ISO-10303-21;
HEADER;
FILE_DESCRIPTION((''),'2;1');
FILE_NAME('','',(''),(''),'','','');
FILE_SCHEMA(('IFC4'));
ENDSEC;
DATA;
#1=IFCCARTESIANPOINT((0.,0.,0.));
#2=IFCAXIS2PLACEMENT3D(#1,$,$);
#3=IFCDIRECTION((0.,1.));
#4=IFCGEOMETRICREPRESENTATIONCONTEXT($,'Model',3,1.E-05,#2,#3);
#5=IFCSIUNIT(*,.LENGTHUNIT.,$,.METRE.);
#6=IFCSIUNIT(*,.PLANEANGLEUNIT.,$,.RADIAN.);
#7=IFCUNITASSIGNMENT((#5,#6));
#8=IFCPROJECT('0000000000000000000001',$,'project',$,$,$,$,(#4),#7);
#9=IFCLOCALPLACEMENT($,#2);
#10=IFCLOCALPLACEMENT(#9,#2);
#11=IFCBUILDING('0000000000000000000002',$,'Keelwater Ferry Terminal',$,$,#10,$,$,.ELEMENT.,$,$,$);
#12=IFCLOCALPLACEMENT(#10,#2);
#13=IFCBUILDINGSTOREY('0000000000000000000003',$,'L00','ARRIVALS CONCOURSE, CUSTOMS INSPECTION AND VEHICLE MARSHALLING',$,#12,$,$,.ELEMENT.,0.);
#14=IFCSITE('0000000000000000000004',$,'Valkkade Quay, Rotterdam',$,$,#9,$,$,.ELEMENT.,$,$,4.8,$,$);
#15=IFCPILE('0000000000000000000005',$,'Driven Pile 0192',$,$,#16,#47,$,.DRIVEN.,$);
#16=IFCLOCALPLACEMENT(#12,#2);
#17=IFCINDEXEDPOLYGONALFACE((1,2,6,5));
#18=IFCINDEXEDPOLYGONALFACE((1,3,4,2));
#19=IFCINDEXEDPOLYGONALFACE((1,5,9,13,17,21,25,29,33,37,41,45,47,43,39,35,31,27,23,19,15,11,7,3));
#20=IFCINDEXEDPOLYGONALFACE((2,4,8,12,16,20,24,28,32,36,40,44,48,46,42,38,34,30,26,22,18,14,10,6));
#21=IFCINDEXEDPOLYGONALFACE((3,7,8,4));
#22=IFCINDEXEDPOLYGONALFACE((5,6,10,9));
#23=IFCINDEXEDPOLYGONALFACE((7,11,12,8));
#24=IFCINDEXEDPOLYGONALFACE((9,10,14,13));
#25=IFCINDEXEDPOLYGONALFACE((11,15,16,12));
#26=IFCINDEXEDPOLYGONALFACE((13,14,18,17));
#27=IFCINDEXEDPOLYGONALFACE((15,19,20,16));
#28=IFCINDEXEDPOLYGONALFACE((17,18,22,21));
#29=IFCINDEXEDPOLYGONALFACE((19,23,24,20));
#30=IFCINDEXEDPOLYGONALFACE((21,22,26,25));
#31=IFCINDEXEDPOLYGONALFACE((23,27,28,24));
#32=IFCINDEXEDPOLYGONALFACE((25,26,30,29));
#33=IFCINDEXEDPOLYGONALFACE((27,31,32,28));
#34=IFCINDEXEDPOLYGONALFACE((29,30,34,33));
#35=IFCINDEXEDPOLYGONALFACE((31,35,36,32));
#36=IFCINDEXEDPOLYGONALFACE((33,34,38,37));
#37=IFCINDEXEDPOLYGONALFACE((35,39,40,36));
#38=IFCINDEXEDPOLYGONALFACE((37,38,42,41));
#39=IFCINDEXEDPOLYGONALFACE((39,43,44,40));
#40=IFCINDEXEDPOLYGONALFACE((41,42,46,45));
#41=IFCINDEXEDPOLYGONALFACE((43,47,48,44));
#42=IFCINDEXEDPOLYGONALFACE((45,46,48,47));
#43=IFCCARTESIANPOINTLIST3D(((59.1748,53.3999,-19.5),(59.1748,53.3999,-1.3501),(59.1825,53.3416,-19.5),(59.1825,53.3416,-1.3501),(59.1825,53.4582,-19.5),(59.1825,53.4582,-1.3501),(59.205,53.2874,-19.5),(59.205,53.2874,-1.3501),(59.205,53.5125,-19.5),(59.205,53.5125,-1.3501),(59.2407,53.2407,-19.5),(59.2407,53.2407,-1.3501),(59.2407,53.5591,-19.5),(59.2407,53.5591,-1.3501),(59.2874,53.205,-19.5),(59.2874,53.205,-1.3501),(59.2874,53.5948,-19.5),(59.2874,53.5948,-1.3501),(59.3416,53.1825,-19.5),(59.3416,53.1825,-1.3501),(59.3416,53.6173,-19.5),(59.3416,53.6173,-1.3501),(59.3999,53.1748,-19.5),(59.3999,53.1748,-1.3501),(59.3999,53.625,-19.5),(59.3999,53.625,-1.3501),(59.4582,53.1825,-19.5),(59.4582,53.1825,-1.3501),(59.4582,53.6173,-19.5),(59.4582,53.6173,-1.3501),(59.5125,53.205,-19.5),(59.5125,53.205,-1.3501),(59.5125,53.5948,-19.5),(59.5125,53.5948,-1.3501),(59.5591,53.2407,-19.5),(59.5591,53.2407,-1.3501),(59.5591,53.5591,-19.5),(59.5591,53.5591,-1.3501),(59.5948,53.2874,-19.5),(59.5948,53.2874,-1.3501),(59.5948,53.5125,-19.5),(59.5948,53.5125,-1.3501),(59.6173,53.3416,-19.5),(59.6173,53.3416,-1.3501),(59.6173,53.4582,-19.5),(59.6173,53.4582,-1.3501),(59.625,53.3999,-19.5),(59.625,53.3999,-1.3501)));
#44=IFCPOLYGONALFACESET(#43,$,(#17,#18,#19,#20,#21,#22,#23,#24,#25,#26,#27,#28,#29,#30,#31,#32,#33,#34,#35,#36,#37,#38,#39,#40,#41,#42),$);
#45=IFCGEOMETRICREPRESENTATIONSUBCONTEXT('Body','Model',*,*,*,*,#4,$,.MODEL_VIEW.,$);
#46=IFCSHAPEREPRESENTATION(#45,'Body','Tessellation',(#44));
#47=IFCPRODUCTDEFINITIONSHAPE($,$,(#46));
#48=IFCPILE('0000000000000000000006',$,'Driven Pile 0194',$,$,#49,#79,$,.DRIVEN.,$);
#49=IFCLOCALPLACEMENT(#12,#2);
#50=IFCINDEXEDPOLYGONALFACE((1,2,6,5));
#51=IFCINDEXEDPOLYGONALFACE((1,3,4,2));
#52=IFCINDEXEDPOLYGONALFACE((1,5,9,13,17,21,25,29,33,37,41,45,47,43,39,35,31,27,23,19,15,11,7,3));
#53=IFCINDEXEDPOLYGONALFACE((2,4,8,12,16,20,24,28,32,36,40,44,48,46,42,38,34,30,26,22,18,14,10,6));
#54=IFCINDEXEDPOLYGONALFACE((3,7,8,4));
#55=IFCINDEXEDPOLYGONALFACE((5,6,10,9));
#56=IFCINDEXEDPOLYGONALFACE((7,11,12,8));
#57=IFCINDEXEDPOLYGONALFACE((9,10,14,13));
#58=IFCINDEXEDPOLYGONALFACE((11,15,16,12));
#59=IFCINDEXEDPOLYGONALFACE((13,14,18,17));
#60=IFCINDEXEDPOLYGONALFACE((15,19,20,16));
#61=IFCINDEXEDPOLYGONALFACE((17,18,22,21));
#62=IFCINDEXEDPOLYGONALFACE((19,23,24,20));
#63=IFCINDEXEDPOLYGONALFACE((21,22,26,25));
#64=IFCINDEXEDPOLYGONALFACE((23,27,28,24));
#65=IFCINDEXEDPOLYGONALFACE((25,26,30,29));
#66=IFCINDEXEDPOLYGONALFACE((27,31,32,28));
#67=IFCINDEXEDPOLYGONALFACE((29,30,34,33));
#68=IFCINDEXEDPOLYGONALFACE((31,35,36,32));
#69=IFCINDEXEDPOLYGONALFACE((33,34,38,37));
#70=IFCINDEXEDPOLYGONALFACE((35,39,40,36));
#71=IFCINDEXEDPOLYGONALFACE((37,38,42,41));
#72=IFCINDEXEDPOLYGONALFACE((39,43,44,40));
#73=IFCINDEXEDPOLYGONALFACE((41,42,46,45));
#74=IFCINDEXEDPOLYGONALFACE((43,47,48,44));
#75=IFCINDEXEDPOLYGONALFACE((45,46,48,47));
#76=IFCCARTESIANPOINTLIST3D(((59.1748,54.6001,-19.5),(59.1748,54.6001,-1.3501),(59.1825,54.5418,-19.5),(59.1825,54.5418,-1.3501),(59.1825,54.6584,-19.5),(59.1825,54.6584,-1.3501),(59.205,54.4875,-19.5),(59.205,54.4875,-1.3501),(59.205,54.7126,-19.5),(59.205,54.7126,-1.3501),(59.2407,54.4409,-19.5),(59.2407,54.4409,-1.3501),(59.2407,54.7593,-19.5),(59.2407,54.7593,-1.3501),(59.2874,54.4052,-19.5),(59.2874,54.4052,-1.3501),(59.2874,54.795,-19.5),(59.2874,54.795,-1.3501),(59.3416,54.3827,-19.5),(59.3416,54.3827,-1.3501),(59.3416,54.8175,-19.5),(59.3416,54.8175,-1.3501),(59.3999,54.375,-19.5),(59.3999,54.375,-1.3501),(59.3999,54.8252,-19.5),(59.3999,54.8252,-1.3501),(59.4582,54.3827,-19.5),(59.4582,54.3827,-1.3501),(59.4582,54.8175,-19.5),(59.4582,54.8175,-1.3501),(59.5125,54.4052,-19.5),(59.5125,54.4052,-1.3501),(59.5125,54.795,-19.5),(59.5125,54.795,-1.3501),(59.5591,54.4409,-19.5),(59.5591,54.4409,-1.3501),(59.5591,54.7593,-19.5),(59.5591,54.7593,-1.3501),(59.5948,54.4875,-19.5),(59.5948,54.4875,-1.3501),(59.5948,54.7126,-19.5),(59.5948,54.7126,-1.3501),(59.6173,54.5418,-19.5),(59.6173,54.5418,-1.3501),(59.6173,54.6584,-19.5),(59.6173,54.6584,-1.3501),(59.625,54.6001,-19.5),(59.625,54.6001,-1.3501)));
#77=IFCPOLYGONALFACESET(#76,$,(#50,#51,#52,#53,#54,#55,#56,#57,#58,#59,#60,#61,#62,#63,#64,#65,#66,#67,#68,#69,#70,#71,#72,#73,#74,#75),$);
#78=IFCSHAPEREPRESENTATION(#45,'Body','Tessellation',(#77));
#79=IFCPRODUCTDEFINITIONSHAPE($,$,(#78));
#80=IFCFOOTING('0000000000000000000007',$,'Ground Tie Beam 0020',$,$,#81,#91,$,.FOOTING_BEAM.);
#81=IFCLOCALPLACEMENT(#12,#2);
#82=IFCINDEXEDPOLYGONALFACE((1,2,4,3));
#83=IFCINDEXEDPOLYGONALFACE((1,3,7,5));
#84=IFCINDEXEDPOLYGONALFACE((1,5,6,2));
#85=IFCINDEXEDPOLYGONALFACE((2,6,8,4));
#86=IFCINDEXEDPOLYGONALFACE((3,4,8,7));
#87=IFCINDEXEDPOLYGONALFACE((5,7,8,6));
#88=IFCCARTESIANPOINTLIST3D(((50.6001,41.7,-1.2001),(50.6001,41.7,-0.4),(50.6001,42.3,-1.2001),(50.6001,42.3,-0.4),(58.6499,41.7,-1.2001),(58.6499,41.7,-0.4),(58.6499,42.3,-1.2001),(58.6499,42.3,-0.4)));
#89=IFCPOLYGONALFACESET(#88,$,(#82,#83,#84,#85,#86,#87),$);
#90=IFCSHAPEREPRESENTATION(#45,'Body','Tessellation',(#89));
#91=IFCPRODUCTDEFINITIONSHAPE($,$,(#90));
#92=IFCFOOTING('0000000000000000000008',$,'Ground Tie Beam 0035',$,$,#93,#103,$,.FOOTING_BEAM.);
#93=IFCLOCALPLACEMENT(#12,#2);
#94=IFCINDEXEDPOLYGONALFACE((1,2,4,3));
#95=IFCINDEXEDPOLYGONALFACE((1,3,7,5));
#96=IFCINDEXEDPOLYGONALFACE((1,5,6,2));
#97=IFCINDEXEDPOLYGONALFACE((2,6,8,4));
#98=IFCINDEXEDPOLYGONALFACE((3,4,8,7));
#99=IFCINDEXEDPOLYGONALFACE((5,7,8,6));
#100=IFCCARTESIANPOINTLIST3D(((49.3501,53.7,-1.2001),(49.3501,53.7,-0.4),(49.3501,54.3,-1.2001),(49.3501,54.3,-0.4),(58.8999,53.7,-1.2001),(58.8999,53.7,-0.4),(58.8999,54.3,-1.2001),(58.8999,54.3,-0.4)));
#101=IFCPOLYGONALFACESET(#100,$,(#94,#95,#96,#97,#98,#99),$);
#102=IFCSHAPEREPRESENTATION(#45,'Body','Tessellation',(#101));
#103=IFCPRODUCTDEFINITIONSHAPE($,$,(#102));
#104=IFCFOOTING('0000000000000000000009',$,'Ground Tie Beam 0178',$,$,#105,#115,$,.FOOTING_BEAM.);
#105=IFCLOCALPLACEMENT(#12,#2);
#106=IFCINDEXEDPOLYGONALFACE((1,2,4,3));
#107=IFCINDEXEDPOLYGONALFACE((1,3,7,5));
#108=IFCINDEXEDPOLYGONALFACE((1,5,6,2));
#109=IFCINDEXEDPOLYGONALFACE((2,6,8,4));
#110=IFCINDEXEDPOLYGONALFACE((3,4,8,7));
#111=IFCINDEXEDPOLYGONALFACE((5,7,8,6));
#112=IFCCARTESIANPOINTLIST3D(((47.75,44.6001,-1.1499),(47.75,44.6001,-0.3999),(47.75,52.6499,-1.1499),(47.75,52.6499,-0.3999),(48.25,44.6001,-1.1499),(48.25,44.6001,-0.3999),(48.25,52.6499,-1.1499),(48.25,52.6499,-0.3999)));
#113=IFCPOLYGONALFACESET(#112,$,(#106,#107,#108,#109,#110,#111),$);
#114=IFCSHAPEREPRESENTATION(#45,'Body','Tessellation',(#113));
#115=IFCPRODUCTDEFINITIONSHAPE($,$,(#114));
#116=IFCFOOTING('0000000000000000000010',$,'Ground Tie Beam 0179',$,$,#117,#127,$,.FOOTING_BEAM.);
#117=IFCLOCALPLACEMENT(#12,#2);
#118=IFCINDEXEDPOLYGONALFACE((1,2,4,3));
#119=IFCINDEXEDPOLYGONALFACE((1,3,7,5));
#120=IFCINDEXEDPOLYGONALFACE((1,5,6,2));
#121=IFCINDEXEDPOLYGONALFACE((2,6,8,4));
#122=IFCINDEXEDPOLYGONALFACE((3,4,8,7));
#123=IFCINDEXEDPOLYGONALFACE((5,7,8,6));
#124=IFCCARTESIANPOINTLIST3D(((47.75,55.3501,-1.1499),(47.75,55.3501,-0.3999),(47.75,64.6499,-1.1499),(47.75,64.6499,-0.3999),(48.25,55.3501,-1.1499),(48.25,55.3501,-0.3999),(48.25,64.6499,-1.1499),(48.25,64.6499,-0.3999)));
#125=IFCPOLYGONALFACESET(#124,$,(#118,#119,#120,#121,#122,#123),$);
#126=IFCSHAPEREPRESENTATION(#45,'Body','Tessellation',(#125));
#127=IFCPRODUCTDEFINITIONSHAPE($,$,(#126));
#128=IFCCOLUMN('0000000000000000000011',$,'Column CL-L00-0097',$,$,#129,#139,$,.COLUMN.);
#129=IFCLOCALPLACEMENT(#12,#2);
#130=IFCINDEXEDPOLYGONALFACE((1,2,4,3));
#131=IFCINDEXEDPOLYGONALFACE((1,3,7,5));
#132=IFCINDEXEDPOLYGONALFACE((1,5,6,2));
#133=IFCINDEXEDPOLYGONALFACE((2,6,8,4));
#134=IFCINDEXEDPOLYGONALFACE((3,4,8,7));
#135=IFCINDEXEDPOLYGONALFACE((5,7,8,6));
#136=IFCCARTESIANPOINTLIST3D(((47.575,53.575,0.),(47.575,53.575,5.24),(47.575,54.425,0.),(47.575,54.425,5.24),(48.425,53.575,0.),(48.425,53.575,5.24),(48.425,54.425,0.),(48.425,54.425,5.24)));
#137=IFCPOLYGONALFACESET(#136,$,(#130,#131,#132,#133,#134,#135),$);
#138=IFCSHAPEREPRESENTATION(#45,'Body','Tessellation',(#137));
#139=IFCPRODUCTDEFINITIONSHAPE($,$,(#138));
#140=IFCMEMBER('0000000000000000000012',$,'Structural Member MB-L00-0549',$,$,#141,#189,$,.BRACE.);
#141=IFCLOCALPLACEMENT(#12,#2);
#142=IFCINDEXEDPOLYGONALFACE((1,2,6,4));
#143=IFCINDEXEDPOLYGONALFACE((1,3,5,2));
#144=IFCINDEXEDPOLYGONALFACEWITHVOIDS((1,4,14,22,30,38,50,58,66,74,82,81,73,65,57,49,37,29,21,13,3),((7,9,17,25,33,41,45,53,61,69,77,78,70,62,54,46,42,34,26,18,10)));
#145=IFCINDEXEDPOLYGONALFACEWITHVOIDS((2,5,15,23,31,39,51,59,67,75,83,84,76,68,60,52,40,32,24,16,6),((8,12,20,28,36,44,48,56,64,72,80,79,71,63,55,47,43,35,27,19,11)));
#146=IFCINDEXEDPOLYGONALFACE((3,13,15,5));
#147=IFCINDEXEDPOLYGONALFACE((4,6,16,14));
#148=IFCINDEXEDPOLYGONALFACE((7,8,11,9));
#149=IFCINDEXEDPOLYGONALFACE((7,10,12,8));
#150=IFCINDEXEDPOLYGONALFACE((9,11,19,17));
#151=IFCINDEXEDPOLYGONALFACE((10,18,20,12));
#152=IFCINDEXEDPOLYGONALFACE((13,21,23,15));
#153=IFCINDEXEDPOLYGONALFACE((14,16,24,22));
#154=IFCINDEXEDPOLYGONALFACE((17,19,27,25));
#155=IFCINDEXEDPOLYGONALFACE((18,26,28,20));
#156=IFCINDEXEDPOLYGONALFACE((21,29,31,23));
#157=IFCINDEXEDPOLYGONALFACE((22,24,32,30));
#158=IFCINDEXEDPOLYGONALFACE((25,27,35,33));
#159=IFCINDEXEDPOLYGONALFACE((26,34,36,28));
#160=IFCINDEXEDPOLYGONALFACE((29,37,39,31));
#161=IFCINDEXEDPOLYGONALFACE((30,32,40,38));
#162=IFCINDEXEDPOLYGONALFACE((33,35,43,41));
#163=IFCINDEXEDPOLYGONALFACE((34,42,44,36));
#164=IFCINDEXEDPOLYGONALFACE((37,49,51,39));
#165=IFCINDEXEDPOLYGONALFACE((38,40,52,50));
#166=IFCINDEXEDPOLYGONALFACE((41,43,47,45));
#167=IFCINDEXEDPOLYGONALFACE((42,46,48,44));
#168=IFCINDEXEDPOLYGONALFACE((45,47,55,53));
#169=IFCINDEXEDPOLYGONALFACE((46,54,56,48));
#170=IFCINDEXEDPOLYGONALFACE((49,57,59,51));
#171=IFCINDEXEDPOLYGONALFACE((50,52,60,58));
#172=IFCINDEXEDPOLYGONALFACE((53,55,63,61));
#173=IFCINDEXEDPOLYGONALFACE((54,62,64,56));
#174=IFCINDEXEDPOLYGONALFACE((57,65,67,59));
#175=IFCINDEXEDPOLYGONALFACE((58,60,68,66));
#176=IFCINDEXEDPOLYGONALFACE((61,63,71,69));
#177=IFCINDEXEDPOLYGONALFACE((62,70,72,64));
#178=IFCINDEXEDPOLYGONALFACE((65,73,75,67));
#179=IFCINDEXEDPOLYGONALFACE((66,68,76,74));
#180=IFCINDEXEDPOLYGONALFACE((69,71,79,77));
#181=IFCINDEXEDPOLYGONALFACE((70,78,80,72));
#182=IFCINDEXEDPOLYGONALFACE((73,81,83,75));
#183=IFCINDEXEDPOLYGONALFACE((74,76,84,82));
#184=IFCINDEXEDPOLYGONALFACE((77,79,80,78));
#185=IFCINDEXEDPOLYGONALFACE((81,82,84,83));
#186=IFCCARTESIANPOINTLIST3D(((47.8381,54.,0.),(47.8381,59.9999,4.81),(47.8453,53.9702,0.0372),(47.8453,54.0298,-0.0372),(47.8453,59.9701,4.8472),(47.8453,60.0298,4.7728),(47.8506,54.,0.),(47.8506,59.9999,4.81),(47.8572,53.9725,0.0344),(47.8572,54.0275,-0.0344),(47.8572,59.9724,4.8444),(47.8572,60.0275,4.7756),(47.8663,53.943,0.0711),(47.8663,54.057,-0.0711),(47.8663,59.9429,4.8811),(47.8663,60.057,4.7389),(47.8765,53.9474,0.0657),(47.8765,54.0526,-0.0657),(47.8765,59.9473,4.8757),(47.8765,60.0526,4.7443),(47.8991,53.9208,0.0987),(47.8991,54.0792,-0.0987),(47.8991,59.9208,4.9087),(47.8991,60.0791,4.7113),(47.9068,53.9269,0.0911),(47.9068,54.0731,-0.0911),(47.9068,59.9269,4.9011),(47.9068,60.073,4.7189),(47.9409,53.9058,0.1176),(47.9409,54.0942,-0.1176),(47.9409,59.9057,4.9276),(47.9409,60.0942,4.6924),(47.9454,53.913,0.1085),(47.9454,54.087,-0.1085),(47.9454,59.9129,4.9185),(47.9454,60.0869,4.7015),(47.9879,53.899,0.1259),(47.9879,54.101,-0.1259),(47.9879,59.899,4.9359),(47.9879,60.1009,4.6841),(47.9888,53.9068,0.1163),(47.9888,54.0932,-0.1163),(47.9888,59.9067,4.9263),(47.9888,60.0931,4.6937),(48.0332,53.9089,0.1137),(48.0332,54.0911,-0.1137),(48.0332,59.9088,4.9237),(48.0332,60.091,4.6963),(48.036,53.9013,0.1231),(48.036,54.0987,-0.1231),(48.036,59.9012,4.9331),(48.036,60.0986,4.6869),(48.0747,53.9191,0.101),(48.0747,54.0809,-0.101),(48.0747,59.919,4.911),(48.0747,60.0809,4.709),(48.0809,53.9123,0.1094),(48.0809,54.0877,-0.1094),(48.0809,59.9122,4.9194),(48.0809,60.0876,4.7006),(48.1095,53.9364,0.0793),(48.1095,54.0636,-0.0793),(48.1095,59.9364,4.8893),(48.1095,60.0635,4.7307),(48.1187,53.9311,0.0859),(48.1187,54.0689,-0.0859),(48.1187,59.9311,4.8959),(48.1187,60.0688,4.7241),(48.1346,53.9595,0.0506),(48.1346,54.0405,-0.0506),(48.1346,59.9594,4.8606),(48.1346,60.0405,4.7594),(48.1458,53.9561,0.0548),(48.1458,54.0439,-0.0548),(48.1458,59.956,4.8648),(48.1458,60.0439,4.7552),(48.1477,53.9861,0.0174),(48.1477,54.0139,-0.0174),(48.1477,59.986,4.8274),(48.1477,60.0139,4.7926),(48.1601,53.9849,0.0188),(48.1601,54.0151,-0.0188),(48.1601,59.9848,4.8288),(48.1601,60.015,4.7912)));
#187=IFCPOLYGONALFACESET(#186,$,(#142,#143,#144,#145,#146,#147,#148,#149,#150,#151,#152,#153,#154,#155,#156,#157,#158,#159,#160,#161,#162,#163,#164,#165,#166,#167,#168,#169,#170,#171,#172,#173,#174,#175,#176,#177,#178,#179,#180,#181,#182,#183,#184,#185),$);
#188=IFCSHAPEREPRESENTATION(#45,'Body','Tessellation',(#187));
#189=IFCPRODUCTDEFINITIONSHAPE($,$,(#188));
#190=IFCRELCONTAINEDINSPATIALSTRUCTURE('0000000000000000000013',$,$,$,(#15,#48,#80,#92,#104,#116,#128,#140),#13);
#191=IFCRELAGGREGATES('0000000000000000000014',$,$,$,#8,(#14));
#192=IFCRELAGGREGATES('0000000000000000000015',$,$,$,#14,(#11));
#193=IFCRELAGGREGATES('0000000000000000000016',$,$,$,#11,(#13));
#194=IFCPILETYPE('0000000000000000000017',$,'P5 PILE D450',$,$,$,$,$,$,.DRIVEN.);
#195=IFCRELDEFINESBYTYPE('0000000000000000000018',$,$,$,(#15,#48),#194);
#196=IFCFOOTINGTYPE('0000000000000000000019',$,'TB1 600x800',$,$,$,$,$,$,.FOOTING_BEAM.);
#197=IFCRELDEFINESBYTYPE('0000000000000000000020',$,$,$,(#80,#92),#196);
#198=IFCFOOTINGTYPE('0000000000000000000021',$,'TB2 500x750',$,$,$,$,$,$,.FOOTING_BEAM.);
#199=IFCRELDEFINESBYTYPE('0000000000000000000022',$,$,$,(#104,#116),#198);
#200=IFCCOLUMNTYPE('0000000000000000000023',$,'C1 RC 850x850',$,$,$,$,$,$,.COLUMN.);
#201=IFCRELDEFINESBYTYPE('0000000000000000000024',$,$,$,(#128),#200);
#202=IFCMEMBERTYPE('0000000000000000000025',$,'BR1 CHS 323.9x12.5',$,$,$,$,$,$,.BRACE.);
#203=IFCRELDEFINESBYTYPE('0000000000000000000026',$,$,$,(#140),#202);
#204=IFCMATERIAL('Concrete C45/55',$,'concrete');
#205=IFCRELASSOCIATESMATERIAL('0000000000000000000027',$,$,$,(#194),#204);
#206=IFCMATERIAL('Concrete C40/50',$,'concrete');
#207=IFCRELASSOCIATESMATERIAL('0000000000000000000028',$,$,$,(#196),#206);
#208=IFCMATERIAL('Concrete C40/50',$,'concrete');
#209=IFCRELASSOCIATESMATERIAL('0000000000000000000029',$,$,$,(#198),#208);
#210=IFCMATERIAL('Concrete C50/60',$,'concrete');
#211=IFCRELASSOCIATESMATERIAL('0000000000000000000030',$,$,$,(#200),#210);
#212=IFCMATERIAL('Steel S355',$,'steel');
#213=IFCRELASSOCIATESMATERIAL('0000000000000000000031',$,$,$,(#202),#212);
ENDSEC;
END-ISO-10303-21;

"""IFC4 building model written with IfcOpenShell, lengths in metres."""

from ifc_helpers import new_model, si_unit, direction, frame, origin, origin_2d, place, context, subcontext, project, spatial, rectangle, circle, hollow_circle, extrude, material, material_profile, profile_set, type_object, element, save


model = new_model("IFC4")

# Units and contexts
model_context = context("Model", 3, precision=1e-05, world=origin(), true_north=direction((0.0, 1.0)))
body_context = subcontext(model_context, "Body", "Model", "MODEL_VIEW")
ifc_project = project(units=[si_unit("LENGTHUNIT", "METRE"), si_unit("PLANEANGLEUNIT", "RADIAN")], contexts=[model_context])

# Site, building, storey
site_placement = place(None, origin())
site = spatial("IfcSite", under=ifc_project, at=site_placement, Name="Valkkade Quay, Rotterdam", CompositionType="ELEMENT", RefElevation=4.8)
building_placement = place(site_placement, origin())
building = spatial("IfcBuilding", under=site, at=building_placement, Name="Keelwater Ferry Terminal", CompositionType="ELEMENT")
storey_placement = place(building_placement, origin())
storey = spatial("IfcBuildingStorey", under=building, at=storey_placement, Name="L00", Description="ARRIVALS CONCOURSE, CUSTOMS INSPECTION AND VEHICLE MARSHALLING", CompositionType="ELEMENT", Elevation=0.0)

# Piles
ifc_material_1 = material(Name="Concrete C45/55", Category="concrete")
ifc_material_profile_1 = material_profile(ifc_material_1, circle(Radius=0.2251, at=origin_2d()), Name="PILE D450")
ifc_profile_set_1 = profile_set([ifc_material_profile_1], Name="Concrete C45/55")
pile_type_1 = type_object("IfcPileType", Name="P5 PILE D450", PredefinedType="DRIVEN", material=ifc_profile_set_1)
for number, where, z_axis, x_axis, name in (
    (1, (59.3999, 53.3999, -1.3501), (0.0, 0.0, -1.0), (1.0, 0.0, 0.0), "Driven Pile 0192"),
    (2, (59.3999, 54.6001, -1.3501), (0.0, 0.0, -1.0), (1.0, 0.0, 0.0), "Driven Pile 0194"),
):
    element("IfcPile", number, at=place(storey_placement, frame(where, z_axis=z_axis, x_axis=x_axis)), inside=storey, type_object=pile_type_1, Name=name, PredefinedType="DRIVEN", context=body_context, shape_type="SweptSolid", body=[
        extrude(circle(Radius=0.2251, at=origin_2d()), origin(), (0.0, 0.0, 1.0), 18.1499),
    ])

# Footings
ifc_material_2 = material(Name="Concrete C40/50", Category="concrete")
ifc_material_profile_2 = material_profile(ifc_material_2, rectangle(XDim=0.6001, YDim=0.8, at=origin_2d()), Name="TB 600x800")
ifc_profile_set_2 = profile_set([ifc_material_profile_2], Name="Concrete C40/50")
footing_type_1 = type_object("IfcFootingType", Name="TB1 600x800", PredefinedType="FOOTING_BEAM", material=ifc_profile_set_2)
footing_1_placement = place(storey_placement, frame((50.6001, 42.0, -0.8), z_axis=(1.0, 0.0, 0.0), x_axis=(0.0, 1.0, 0.0)))
element("IfcFooting", 3, at=footing_1_placement, inside=storey, type_object=footing_type_1, Name="Ground Tie Beam 0020", PredefinedType="FOOTING_BEAM", context=body_context, shape_type="SweptSolid", body=[
    extrude(rectangle(XDim=0.6001, YDim=0.8, at=origin_2d()), origin(), (0.0, 0.0, 1.0), 8.0498),
])
footing_2_placement = place(storey_placement, frame((49.3501, 54.0, -0.8), z_axis=(1.0, 0.0, 0.0), x_axis=(0.0, 1.0, 0.0)))
element("IfcFooting", 4, at=footing_2_placement, inside=storey, type_object=footing_type_1, Name="Ground Tie Beam 0035", PredefinedType="FOOTING_BEAM", context=body_context, shape_type="SweptSolid", body=[
    extrude(rectangle(XDim=0.6001, YDim=0.8, at=origin_2d()), origin(), (0.0, 0.0, 1.0), 9.5498),
])
ifc_material_3 = material(Name="Concrete C40/50", Category="concrete")
ifc_material_profile_3 = material_profile(ifc_material_3, rectangle(XDim=0.5, YDim=0.75, at=origin_2d()), Name="TB 500x750")
ifc_profile_set_3 = profile_set([ifc_material_profile_3], Name="Concrete C40/50")
footing_type_2 = type_object("IfcFootingType", Name="TB2 500x750", PredefinedType="FOOTING_BEAM", material=ifc_profile_set_3)
footing_3_placement = place(storey_placement, frame((48.0, 44.6001, -0.7749), z_axis=(0.0, 1.0, 0.0), x_axis=(-1.0, 0.0, 0.0)))
element("IfcFooting", 5, at=footing_3_placement, inside=storey, type_object=footing_type_2, Name="Ground Tie Beam 0178", PredefinedType="FOOTING_BEAM", context=body_context, shape_type="SweptSolid", body=[
    extrude(rectangle(XDim=0.5, YDim=0.75, at=origin_2d()), origin(), (0.0, 0.0, 1.0), 8.0498),
])
footing_4_placement = place(storey_placement, frame((48.0, 55.3501, -0.7749), z_axis=(0.0, 1.0, 0.0), x_axis=(-1.0, 0.0, 0.0)))
element("IfcFooting", 6, at=footing_4_placement, inside=storey, type_object=footing_type_2, Name="Ground Tie Beam 0179", PredefinedType="FOOTING_BEAM", context=body_context, shape_type="SweptSolid", body=[
    extrude(rectangle(XDim=0.5, YDim=0.75, at=origin_2d()), origin(), (0.0, 0.0, 1.0), 9.2998),
])

# Column
ifc_material_4 = material(Name="Concrete C50/60", Category="concrete")
ifc_material_profile_4 = material_profile(ifc_material_4, rectangle(XDim=0.8501, YDim=0.8501, at=origin_2d()), Name="RC 850x850")
ifc_profile_set_4 = profile_set([ifc_material_profile_4], Name="Concrete C50/60")
column_type = type_object("IfcColumnType", Name="C1 RC 850x850", PredefinedType="COLUMN", material=ifc_profile_set_4)
column_placement = place(storey_placement, frame((48.0, 54.0, 0.0), z_axis=(0.0, 0.0, 1.0), x_axis=(1.0, 0.0, 0.0)))
element("IfcColumn", 7, at=column_placement, inside=storey, type_object=column_type, Name="Column CL-L00-0097", PredefinedType="COLUMN", context=body_context, shape_type="SweptSolid", body=[
    extrude(rectangle(XDim=0.8501, YDim=0.8501, at=origin_2d()), origin(), (0.0, 0.0, 1.0), 5.24),
])

# Member
ifc_material_5 = material(Name="Steel S355", Category="steel")
ifc_material_profile_5 = material_profile(ifc_material_5, hollow_circle(Radius=0.1619, WallThickness=0.0125, at=origin_2d()), Name="CHS 323.9x12.5")
ifc_profile_set_5 = profile_set([ifc_material_profile_5], Name="Steel S355")
member_type = type_object("IfcMemberType", Name="BR1 CHS 323.9x12.5", PredefinedType="BRACE", material=ifc_profile_set_5)
member_placement = place(storey_placement, frame((48.0, 54.0, 0.0), z_axis=(0.0, 0.78023, 0.625492), x_axis=(-1.0, 0.0, 0.0)))
element("IfcMember", 8, at=member_placement, inside=storey, type_object=member_type, Name="Structural Member MB-L00-0549", PredefinedType="BRACE", context=body_context, shape_type="SweptSolid", body=[
    extrude(hollow_circle(Radius=0.1619, WallThickness=0.0125, at=origin_2d()), origin(), (0.0, 0.0, 1.0), 7.6899),
])

save(model, "model.ifc")
